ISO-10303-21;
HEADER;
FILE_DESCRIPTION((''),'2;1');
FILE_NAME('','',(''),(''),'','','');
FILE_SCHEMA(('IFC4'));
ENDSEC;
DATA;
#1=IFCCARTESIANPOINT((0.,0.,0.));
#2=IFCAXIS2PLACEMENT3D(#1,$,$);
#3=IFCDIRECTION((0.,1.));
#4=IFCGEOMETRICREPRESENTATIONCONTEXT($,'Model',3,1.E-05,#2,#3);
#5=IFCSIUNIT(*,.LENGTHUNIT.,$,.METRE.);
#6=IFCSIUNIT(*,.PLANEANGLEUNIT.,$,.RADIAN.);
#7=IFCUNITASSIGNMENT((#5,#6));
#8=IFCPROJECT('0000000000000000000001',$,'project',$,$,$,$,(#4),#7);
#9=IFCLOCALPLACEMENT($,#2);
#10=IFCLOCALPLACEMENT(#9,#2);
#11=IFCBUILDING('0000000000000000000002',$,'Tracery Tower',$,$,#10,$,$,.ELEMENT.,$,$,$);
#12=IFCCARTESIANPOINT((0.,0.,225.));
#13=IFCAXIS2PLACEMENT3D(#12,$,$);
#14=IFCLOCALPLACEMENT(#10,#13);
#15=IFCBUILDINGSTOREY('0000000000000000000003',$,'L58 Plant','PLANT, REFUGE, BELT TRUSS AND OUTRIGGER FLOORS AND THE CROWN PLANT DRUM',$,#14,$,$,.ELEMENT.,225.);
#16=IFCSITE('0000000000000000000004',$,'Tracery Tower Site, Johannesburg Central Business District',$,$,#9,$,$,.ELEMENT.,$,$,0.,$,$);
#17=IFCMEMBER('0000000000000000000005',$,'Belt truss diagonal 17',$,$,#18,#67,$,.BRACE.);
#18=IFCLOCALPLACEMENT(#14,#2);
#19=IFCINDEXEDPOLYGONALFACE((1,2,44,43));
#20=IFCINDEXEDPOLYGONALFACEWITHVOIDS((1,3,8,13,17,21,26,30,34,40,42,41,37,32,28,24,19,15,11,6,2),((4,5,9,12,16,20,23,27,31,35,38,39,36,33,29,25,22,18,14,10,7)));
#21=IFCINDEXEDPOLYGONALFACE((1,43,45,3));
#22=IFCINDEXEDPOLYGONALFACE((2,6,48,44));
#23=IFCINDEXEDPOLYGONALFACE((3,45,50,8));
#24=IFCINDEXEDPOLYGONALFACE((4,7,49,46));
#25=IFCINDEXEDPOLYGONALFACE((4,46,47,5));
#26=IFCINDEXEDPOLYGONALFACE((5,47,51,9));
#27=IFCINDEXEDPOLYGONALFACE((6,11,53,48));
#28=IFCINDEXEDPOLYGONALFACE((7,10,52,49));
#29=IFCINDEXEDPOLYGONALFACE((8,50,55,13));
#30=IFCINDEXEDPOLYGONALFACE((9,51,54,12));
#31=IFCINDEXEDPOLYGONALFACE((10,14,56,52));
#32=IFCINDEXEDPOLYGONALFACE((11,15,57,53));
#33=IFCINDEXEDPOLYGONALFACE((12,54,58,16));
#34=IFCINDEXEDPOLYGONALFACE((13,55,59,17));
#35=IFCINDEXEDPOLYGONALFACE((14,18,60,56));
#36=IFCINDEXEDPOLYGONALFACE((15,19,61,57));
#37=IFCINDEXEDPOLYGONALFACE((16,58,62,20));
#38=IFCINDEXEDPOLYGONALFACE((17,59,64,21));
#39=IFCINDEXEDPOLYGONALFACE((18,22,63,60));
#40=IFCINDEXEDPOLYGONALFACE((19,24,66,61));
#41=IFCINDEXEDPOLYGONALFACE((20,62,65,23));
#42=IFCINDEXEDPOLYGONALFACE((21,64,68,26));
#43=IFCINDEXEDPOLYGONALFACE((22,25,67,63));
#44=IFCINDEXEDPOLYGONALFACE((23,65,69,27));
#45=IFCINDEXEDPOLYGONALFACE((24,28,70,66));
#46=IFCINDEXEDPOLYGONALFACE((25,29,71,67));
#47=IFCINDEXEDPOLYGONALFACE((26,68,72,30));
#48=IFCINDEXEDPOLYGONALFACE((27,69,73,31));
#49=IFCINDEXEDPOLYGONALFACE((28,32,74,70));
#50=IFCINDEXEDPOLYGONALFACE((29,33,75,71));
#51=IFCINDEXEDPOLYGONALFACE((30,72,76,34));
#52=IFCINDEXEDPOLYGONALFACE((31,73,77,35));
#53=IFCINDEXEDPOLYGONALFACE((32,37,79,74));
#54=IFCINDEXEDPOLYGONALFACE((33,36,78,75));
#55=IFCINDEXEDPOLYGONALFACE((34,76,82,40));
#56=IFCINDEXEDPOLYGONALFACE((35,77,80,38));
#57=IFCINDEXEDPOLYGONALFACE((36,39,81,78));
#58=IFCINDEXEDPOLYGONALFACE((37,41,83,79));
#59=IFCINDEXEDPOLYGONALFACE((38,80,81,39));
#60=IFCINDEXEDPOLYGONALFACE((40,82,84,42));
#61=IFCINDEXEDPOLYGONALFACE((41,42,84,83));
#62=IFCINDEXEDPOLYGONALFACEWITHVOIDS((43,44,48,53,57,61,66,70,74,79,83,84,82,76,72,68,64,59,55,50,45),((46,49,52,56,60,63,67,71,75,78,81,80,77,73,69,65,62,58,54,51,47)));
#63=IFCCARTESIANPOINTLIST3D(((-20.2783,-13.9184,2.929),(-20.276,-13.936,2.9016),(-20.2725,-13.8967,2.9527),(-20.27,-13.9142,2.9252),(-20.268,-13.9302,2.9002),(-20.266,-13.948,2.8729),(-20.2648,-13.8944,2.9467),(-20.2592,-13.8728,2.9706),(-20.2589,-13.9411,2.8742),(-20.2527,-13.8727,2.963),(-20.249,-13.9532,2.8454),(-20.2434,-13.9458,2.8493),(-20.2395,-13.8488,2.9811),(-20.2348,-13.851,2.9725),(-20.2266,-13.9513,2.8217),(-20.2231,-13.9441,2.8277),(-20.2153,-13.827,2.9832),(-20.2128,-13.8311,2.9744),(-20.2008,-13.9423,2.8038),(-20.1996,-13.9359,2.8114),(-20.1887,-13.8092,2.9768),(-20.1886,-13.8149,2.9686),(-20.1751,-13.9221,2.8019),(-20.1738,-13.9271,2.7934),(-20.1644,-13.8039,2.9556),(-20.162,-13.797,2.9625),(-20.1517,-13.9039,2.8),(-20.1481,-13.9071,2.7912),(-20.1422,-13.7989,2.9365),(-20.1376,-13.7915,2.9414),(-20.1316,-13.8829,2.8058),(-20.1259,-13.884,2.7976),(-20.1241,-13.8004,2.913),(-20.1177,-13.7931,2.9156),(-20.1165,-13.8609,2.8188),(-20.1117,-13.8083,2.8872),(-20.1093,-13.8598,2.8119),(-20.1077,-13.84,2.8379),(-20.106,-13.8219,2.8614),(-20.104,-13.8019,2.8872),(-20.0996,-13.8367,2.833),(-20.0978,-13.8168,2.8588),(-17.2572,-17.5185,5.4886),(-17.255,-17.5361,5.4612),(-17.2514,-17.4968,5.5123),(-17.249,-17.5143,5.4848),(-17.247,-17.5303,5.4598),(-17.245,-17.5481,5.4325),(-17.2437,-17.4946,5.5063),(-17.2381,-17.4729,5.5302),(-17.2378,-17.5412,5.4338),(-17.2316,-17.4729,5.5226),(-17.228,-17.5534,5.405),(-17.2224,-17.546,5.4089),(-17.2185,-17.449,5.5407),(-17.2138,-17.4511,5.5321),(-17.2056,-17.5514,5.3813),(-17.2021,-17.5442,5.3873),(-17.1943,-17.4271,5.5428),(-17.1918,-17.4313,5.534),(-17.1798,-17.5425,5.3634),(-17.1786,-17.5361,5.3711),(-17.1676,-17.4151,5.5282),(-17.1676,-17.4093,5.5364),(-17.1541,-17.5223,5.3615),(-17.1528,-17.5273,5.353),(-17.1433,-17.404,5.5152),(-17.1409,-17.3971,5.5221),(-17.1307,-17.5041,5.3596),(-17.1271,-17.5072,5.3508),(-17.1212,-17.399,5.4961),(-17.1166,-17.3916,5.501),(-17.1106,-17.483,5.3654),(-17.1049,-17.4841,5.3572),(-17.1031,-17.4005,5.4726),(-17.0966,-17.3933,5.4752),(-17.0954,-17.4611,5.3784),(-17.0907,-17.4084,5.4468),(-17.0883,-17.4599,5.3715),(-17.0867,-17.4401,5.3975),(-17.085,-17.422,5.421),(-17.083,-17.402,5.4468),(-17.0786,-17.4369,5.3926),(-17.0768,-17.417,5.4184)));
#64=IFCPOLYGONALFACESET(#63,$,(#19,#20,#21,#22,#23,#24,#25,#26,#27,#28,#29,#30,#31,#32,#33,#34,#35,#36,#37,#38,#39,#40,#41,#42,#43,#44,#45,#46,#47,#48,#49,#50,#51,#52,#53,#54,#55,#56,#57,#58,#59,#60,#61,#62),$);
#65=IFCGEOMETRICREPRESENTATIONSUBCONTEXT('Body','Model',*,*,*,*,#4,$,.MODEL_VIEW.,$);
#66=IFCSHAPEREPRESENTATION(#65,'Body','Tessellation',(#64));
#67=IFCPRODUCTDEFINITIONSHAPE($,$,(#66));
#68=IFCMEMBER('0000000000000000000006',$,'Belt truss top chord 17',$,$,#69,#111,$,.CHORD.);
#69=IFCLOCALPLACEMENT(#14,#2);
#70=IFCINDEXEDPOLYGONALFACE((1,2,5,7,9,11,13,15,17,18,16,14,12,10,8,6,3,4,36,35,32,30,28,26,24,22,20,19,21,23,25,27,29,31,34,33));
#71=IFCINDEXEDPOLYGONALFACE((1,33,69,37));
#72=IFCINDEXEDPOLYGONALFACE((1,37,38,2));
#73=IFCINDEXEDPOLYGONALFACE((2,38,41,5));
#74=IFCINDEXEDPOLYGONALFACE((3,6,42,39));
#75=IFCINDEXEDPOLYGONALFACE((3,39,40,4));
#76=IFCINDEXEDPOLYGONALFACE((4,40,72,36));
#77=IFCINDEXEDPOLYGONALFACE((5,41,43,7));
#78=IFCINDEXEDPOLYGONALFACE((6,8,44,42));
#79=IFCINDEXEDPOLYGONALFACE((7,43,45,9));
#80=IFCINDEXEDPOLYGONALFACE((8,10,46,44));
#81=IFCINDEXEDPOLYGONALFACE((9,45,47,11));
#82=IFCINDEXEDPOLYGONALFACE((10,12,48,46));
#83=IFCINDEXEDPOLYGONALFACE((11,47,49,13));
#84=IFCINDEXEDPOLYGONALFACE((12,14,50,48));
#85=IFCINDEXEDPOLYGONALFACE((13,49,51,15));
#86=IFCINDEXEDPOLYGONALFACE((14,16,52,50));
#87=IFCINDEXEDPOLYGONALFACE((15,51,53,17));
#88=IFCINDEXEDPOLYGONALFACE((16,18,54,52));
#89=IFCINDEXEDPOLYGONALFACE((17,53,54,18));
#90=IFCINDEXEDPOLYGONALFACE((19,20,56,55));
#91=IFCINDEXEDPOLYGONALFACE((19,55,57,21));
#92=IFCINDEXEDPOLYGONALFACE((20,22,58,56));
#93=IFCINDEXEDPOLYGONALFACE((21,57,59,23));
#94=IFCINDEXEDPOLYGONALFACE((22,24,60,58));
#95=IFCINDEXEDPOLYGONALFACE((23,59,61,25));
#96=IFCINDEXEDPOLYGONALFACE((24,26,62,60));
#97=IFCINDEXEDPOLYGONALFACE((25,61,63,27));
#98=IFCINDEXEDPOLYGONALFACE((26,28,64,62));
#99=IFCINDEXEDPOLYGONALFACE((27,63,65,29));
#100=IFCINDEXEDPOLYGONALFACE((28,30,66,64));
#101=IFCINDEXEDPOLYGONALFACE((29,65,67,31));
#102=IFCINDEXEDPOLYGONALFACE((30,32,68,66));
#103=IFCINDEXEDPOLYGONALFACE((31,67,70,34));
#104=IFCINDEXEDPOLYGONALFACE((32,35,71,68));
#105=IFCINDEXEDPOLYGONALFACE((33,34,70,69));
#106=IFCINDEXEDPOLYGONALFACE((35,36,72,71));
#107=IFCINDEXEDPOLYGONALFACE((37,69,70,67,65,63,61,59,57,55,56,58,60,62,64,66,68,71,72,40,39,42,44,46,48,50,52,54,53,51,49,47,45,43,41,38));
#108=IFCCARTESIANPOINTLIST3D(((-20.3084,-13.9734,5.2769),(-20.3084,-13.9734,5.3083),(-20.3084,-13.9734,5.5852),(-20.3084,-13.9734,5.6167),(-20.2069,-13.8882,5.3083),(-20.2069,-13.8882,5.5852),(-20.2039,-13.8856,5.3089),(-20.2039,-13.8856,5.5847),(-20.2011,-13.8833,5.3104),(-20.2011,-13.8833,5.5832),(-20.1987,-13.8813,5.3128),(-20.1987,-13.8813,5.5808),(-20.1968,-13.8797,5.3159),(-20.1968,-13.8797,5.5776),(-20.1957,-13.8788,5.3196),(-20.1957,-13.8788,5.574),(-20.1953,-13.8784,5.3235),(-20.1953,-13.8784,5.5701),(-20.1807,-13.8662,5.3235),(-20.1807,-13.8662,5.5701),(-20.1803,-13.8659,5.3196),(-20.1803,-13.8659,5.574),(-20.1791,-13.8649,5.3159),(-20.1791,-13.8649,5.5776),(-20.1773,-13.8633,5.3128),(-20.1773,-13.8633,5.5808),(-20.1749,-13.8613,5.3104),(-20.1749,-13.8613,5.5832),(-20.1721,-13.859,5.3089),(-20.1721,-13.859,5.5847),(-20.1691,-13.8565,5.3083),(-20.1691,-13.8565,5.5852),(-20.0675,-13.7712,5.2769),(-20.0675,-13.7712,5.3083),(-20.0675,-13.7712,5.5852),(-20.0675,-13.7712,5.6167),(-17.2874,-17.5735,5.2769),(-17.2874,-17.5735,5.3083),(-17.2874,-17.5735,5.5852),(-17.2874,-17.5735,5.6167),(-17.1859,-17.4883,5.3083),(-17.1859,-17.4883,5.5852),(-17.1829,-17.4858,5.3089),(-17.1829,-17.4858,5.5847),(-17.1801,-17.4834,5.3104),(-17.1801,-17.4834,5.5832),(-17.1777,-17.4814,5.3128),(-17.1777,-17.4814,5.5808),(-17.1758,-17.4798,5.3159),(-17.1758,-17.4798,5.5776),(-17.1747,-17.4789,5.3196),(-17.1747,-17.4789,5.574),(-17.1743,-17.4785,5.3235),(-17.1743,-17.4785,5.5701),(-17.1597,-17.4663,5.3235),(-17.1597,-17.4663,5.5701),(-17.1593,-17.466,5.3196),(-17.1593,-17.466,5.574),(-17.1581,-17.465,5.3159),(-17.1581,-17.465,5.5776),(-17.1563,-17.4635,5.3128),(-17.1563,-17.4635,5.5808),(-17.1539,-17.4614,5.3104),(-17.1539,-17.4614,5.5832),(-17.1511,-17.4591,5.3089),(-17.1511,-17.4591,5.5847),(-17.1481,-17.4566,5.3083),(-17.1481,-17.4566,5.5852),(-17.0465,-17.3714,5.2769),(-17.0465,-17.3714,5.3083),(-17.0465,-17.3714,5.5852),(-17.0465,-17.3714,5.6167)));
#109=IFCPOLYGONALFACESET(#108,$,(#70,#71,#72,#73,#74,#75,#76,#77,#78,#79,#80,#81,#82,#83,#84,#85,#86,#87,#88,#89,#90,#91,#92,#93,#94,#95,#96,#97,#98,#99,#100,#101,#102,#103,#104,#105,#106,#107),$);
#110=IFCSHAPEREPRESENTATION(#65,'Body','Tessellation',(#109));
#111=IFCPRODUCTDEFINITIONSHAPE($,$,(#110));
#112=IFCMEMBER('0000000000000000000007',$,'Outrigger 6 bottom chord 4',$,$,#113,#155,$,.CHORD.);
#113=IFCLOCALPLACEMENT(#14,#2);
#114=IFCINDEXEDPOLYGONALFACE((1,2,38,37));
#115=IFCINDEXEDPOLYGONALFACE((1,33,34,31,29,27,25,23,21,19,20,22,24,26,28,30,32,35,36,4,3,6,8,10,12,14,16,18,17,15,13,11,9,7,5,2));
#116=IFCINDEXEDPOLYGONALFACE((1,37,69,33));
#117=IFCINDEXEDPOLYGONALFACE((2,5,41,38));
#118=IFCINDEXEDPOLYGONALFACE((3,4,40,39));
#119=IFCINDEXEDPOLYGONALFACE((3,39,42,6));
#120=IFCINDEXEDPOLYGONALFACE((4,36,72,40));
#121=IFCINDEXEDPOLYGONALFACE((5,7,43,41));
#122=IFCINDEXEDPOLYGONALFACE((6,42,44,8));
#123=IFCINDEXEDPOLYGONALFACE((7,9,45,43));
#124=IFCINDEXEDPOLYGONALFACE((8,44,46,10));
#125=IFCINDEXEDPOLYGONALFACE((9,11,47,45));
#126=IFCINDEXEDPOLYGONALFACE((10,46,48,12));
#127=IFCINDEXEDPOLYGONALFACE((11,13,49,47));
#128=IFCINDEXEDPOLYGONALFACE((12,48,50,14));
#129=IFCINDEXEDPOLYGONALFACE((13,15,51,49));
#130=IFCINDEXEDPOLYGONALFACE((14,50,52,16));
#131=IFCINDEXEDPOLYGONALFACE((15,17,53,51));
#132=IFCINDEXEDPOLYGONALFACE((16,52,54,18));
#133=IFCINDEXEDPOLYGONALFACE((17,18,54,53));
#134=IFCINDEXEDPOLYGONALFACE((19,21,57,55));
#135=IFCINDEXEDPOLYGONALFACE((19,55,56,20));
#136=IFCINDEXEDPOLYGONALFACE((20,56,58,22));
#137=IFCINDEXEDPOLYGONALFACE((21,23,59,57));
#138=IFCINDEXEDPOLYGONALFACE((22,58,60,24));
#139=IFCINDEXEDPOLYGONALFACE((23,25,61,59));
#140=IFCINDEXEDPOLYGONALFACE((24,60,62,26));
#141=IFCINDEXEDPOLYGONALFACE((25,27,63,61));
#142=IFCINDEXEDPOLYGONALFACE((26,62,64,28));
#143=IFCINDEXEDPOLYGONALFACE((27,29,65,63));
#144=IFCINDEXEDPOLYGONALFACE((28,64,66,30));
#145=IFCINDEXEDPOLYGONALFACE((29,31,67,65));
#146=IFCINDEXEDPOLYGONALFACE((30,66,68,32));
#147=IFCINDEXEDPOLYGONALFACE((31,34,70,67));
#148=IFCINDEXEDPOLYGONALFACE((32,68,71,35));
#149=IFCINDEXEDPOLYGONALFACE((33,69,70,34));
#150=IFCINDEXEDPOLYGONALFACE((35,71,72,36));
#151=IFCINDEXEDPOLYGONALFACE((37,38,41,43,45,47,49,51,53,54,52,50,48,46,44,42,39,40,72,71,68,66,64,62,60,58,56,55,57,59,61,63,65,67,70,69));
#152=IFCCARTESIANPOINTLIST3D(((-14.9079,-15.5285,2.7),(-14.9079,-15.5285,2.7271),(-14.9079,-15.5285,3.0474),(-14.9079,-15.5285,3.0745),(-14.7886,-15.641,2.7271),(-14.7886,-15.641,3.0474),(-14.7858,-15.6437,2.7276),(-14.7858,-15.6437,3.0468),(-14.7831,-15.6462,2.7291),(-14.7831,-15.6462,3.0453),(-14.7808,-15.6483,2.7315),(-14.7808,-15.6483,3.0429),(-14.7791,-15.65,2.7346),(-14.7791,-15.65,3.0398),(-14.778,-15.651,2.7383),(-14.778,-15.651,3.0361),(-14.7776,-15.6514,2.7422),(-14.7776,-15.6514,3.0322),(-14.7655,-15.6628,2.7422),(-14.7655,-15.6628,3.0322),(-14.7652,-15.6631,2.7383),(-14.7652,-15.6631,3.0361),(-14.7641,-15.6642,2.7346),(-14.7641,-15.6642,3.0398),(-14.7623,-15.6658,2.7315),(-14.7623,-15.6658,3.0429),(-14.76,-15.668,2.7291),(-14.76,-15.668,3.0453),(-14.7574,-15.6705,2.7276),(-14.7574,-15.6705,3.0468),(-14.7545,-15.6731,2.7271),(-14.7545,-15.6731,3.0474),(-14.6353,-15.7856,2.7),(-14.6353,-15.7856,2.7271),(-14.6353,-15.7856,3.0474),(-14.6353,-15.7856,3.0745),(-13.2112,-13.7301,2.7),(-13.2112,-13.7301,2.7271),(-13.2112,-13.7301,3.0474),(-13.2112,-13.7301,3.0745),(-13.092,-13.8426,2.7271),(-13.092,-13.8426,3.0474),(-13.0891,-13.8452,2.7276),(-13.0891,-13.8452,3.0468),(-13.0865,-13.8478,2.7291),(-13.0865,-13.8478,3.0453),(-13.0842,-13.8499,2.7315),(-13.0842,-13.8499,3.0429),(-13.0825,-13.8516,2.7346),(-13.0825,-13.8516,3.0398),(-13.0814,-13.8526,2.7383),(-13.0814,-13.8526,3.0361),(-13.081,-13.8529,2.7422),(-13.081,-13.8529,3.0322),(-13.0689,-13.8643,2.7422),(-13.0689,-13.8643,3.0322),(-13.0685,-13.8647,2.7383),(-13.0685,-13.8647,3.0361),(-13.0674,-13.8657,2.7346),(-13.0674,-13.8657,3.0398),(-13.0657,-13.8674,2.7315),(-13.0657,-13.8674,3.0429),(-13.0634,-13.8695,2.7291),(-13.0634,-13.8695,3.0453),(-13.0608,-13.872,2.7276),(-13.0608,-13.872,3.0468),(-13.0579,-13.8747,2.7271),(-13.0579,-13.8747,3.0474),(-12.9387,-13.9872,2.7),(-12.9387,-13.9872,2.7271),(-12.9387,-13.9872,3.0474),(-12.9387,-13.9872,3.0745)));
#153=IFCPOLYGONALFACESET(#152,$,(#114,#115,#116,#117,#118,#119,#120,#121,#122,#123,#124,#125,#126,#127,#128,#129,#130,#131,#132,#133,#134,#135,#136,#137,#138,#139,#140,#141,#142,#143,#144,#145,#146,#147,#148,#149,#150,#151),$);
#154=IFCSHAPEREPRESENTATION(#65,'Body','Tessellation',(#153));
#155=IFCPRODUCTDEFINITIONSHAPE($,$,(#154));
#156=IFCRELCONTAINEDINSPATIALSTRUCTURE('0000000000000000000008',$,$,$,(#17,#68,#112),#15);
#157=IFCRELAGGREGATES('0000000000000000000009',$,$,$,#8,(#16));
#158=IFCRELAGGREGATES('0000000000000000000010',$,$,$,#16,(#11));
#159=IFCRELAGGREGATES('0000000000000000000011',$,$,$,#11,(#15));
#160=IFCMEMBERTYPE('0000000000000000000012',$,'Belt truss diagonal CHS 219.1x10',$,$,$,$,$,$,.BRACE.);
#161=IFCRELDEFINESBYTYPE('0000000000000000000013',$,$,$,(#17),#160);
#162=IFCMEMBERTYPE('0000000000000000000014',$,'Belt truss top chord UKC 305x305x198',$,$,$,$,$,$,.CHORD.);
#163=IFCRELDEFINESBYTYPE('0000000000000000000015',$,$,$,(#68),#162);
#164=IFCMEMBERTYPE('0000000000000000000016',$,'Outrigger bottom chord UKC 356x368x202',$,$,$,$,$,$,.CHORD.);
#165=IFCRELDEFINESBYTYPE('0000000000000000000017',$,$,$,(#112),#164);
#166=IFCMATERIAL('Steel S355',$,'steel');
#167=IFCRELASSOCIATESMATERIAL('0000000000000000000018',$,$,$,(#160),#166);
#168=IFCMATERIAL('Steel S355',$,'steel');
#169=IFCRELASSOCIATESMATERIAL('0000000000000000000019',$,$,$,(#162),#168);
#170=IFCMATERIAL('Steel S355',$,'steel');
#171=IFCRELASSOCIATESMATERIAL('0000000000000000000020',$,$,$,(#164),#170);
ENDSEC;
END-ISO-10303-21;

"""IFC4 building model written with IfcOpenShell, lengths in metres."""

from ifc_helpers import new_model, si_unit, direction, frame, origin, origin_2d, place, context, subcontext, project, spatial, hollow_circle, i_section, extrude, material, material_profile, profile_set, type_object, element, save


model = new_model("IFC4")

# Units and contexts
model_context = context("Model", 3, precision=1e-05, world=origin(), true_north=direction((0.0, 1.0)))
body_context = subcontext(model_context, "Body", "Model", "MODEL_VIEW")
ifc_project = project(units=[si_unit("LENGTHUNIT", "METRE"), si_unit("PLANEANGLEUNIT", "RADIAN")], contexts=[model_context])

# Site, building, storey
site_placement = place(None, origin())
site = spatial("IfcSite", under=ifc_project, at=site_placement, Name="Tracery Tower Site, Johannesburg Central Business District", CompositionType="ELEMENT", RefElevation=0.0)
building_placement = place(site_placement, origin())
building = spatial("IfcBuilding", under=site, at=building_placement, Name="Tracery Tower", CompositionType="ELEMENT")
storey_placement = place(building_placement, frame((0.0, 0.0, 225.0)))
storey = spatial("IfcBuildingStorey", under=building, at=storey_placement, Name="L58 Plant", Description="PLANT, REFUGE, BELT TRUSS AND OUTRIGGER FLOORS AND THE CROWN PLANT DRUM", CompositionType="ELEMENT", Elevation=225.0)

# Members
ifc_material_1 = material(Name="Steel S355", Category="steel")
ifc_material_profile_1 = material_profile(ifc_material_1, hollow_circle(Radius=0.1096, WallThickness=0.01, at=origin_2d()), Name="CHS 219.1x10")
ifc_profile_set_1 = profile_set([ifc_material_profile_1], Name="Steel S355")
member_type_1 = type_object("IfcMemberType", Name="Belt truss diagonal CHS 219.1x10", PredefinedType="BRACE", material=ifc_profile_set_1)
member_1_placement = place(storey_placement, frame((-20.188, -13.8723, 2.8872), z_axis=(0.564514, -0.672727, 0.478291), x_axis=(0.766028, 0.642807, 0.0)))
element("IfcMember", 1, at=member_1_placement, inside=storey, type_object=member_type_1, Name="Belt truss diagonal 17", PredefinedType="BRACE", context=body_context, shape_type="SweptSolid", body=[
    extrude(hollow_circle(Radius=0.1096, WallThickness=0.01, at=origin_2d()), origin(), (0.0, 0.0, 1.0), 5.3516),
])
ifc_material_2 = material(Name="Steel S355", Category="steel")
ifc_material_profile_2 = material_profile(ifc_material_2, i_section(OverallWidth=0.3145, OverallDepth=0.3398, WebThickness=0.019, FlangeThickness=0.0315, FilletRadius=0.0151, at=origin_2d()), Name="UKC 305x305x198")
ifc_profile_set_2 = profile_set([ifc_material_profile_2], Name="Steel S355")
member_type_2 = type_object("IfcMemberType", Name="Belt truss top chord UKC 305x305x198", PredefinedType="CHORD", material=ifc_profile_set_2)
member_2_placement = place(storey_placement, frame((-20.188, -13.8723, 5.4468), z_axis=(0.642807, -0.766028, 0.0), x_axis=(0.766028, 0.642807, 0.0)))
element("IfcMember", 2, at=member_2_placement, inside=storey, type_object=member_type_2, Name="Belt truss top chord 17", PredefinedType="CHORD", context=body_context, shape_type="SweptSolid", body=[
    extrude(i_section(OverallWidth=0.3145, OverallDepth=0.3398, WebThickness=0.019, FlangeThickness=0.0315, FilletRadius=0.0151, at=origin_2d()), origin(), (0.0, 0.0, 1.0), 4.6997),
])
ifc_material_3 = material(Name="Steel S355", Category="steel")
ifc_material_profile_3 = material_profile(ifc_material_3, i_section(OverallWidth=0.3748, OverallDepth=0.3745, WebThickness=0.0166, FlangeThickness=0.0271, FilletRadius=0.0151, at=origin_2d()), Name="UKC 356x368x202")
ifc_profile_set_3 = profile_set([ifc_material_profile_3], Name="Steel S355")
member_type_3 = type_object("IfcMemberType", Name="Outrigger bottom chord UKC 356x368x202", PredefinedType="CHORD", material=ifc_profile_set_3)
member_3_placement = place(storey_placement, frame((-13.075, -13.8586, 2.8872), z_axis=(-0.686217, -0.727396, 0.0), x_axis=(0.727396, -0.686217, 0.0)))
element("IfcMember", 3, at=member_3_placement, inside=storey, type_object=member_type_3, Name="Outrigger 6 bottom chord 4", PredefinedType="CHORD", context=body_context, shape_type="SweptSolid", body=[
    extrude(i_section(OverallWidth=0.3748, OverallDepth=0.3745, WebThickness=0.0166, FlangeThickness=0.0271, FilletRadius=0.0151, at=origin_2d()), origin(), (0.0, 0.0, 1.0), 2.4724),
])

save(model, "model.ifc")
